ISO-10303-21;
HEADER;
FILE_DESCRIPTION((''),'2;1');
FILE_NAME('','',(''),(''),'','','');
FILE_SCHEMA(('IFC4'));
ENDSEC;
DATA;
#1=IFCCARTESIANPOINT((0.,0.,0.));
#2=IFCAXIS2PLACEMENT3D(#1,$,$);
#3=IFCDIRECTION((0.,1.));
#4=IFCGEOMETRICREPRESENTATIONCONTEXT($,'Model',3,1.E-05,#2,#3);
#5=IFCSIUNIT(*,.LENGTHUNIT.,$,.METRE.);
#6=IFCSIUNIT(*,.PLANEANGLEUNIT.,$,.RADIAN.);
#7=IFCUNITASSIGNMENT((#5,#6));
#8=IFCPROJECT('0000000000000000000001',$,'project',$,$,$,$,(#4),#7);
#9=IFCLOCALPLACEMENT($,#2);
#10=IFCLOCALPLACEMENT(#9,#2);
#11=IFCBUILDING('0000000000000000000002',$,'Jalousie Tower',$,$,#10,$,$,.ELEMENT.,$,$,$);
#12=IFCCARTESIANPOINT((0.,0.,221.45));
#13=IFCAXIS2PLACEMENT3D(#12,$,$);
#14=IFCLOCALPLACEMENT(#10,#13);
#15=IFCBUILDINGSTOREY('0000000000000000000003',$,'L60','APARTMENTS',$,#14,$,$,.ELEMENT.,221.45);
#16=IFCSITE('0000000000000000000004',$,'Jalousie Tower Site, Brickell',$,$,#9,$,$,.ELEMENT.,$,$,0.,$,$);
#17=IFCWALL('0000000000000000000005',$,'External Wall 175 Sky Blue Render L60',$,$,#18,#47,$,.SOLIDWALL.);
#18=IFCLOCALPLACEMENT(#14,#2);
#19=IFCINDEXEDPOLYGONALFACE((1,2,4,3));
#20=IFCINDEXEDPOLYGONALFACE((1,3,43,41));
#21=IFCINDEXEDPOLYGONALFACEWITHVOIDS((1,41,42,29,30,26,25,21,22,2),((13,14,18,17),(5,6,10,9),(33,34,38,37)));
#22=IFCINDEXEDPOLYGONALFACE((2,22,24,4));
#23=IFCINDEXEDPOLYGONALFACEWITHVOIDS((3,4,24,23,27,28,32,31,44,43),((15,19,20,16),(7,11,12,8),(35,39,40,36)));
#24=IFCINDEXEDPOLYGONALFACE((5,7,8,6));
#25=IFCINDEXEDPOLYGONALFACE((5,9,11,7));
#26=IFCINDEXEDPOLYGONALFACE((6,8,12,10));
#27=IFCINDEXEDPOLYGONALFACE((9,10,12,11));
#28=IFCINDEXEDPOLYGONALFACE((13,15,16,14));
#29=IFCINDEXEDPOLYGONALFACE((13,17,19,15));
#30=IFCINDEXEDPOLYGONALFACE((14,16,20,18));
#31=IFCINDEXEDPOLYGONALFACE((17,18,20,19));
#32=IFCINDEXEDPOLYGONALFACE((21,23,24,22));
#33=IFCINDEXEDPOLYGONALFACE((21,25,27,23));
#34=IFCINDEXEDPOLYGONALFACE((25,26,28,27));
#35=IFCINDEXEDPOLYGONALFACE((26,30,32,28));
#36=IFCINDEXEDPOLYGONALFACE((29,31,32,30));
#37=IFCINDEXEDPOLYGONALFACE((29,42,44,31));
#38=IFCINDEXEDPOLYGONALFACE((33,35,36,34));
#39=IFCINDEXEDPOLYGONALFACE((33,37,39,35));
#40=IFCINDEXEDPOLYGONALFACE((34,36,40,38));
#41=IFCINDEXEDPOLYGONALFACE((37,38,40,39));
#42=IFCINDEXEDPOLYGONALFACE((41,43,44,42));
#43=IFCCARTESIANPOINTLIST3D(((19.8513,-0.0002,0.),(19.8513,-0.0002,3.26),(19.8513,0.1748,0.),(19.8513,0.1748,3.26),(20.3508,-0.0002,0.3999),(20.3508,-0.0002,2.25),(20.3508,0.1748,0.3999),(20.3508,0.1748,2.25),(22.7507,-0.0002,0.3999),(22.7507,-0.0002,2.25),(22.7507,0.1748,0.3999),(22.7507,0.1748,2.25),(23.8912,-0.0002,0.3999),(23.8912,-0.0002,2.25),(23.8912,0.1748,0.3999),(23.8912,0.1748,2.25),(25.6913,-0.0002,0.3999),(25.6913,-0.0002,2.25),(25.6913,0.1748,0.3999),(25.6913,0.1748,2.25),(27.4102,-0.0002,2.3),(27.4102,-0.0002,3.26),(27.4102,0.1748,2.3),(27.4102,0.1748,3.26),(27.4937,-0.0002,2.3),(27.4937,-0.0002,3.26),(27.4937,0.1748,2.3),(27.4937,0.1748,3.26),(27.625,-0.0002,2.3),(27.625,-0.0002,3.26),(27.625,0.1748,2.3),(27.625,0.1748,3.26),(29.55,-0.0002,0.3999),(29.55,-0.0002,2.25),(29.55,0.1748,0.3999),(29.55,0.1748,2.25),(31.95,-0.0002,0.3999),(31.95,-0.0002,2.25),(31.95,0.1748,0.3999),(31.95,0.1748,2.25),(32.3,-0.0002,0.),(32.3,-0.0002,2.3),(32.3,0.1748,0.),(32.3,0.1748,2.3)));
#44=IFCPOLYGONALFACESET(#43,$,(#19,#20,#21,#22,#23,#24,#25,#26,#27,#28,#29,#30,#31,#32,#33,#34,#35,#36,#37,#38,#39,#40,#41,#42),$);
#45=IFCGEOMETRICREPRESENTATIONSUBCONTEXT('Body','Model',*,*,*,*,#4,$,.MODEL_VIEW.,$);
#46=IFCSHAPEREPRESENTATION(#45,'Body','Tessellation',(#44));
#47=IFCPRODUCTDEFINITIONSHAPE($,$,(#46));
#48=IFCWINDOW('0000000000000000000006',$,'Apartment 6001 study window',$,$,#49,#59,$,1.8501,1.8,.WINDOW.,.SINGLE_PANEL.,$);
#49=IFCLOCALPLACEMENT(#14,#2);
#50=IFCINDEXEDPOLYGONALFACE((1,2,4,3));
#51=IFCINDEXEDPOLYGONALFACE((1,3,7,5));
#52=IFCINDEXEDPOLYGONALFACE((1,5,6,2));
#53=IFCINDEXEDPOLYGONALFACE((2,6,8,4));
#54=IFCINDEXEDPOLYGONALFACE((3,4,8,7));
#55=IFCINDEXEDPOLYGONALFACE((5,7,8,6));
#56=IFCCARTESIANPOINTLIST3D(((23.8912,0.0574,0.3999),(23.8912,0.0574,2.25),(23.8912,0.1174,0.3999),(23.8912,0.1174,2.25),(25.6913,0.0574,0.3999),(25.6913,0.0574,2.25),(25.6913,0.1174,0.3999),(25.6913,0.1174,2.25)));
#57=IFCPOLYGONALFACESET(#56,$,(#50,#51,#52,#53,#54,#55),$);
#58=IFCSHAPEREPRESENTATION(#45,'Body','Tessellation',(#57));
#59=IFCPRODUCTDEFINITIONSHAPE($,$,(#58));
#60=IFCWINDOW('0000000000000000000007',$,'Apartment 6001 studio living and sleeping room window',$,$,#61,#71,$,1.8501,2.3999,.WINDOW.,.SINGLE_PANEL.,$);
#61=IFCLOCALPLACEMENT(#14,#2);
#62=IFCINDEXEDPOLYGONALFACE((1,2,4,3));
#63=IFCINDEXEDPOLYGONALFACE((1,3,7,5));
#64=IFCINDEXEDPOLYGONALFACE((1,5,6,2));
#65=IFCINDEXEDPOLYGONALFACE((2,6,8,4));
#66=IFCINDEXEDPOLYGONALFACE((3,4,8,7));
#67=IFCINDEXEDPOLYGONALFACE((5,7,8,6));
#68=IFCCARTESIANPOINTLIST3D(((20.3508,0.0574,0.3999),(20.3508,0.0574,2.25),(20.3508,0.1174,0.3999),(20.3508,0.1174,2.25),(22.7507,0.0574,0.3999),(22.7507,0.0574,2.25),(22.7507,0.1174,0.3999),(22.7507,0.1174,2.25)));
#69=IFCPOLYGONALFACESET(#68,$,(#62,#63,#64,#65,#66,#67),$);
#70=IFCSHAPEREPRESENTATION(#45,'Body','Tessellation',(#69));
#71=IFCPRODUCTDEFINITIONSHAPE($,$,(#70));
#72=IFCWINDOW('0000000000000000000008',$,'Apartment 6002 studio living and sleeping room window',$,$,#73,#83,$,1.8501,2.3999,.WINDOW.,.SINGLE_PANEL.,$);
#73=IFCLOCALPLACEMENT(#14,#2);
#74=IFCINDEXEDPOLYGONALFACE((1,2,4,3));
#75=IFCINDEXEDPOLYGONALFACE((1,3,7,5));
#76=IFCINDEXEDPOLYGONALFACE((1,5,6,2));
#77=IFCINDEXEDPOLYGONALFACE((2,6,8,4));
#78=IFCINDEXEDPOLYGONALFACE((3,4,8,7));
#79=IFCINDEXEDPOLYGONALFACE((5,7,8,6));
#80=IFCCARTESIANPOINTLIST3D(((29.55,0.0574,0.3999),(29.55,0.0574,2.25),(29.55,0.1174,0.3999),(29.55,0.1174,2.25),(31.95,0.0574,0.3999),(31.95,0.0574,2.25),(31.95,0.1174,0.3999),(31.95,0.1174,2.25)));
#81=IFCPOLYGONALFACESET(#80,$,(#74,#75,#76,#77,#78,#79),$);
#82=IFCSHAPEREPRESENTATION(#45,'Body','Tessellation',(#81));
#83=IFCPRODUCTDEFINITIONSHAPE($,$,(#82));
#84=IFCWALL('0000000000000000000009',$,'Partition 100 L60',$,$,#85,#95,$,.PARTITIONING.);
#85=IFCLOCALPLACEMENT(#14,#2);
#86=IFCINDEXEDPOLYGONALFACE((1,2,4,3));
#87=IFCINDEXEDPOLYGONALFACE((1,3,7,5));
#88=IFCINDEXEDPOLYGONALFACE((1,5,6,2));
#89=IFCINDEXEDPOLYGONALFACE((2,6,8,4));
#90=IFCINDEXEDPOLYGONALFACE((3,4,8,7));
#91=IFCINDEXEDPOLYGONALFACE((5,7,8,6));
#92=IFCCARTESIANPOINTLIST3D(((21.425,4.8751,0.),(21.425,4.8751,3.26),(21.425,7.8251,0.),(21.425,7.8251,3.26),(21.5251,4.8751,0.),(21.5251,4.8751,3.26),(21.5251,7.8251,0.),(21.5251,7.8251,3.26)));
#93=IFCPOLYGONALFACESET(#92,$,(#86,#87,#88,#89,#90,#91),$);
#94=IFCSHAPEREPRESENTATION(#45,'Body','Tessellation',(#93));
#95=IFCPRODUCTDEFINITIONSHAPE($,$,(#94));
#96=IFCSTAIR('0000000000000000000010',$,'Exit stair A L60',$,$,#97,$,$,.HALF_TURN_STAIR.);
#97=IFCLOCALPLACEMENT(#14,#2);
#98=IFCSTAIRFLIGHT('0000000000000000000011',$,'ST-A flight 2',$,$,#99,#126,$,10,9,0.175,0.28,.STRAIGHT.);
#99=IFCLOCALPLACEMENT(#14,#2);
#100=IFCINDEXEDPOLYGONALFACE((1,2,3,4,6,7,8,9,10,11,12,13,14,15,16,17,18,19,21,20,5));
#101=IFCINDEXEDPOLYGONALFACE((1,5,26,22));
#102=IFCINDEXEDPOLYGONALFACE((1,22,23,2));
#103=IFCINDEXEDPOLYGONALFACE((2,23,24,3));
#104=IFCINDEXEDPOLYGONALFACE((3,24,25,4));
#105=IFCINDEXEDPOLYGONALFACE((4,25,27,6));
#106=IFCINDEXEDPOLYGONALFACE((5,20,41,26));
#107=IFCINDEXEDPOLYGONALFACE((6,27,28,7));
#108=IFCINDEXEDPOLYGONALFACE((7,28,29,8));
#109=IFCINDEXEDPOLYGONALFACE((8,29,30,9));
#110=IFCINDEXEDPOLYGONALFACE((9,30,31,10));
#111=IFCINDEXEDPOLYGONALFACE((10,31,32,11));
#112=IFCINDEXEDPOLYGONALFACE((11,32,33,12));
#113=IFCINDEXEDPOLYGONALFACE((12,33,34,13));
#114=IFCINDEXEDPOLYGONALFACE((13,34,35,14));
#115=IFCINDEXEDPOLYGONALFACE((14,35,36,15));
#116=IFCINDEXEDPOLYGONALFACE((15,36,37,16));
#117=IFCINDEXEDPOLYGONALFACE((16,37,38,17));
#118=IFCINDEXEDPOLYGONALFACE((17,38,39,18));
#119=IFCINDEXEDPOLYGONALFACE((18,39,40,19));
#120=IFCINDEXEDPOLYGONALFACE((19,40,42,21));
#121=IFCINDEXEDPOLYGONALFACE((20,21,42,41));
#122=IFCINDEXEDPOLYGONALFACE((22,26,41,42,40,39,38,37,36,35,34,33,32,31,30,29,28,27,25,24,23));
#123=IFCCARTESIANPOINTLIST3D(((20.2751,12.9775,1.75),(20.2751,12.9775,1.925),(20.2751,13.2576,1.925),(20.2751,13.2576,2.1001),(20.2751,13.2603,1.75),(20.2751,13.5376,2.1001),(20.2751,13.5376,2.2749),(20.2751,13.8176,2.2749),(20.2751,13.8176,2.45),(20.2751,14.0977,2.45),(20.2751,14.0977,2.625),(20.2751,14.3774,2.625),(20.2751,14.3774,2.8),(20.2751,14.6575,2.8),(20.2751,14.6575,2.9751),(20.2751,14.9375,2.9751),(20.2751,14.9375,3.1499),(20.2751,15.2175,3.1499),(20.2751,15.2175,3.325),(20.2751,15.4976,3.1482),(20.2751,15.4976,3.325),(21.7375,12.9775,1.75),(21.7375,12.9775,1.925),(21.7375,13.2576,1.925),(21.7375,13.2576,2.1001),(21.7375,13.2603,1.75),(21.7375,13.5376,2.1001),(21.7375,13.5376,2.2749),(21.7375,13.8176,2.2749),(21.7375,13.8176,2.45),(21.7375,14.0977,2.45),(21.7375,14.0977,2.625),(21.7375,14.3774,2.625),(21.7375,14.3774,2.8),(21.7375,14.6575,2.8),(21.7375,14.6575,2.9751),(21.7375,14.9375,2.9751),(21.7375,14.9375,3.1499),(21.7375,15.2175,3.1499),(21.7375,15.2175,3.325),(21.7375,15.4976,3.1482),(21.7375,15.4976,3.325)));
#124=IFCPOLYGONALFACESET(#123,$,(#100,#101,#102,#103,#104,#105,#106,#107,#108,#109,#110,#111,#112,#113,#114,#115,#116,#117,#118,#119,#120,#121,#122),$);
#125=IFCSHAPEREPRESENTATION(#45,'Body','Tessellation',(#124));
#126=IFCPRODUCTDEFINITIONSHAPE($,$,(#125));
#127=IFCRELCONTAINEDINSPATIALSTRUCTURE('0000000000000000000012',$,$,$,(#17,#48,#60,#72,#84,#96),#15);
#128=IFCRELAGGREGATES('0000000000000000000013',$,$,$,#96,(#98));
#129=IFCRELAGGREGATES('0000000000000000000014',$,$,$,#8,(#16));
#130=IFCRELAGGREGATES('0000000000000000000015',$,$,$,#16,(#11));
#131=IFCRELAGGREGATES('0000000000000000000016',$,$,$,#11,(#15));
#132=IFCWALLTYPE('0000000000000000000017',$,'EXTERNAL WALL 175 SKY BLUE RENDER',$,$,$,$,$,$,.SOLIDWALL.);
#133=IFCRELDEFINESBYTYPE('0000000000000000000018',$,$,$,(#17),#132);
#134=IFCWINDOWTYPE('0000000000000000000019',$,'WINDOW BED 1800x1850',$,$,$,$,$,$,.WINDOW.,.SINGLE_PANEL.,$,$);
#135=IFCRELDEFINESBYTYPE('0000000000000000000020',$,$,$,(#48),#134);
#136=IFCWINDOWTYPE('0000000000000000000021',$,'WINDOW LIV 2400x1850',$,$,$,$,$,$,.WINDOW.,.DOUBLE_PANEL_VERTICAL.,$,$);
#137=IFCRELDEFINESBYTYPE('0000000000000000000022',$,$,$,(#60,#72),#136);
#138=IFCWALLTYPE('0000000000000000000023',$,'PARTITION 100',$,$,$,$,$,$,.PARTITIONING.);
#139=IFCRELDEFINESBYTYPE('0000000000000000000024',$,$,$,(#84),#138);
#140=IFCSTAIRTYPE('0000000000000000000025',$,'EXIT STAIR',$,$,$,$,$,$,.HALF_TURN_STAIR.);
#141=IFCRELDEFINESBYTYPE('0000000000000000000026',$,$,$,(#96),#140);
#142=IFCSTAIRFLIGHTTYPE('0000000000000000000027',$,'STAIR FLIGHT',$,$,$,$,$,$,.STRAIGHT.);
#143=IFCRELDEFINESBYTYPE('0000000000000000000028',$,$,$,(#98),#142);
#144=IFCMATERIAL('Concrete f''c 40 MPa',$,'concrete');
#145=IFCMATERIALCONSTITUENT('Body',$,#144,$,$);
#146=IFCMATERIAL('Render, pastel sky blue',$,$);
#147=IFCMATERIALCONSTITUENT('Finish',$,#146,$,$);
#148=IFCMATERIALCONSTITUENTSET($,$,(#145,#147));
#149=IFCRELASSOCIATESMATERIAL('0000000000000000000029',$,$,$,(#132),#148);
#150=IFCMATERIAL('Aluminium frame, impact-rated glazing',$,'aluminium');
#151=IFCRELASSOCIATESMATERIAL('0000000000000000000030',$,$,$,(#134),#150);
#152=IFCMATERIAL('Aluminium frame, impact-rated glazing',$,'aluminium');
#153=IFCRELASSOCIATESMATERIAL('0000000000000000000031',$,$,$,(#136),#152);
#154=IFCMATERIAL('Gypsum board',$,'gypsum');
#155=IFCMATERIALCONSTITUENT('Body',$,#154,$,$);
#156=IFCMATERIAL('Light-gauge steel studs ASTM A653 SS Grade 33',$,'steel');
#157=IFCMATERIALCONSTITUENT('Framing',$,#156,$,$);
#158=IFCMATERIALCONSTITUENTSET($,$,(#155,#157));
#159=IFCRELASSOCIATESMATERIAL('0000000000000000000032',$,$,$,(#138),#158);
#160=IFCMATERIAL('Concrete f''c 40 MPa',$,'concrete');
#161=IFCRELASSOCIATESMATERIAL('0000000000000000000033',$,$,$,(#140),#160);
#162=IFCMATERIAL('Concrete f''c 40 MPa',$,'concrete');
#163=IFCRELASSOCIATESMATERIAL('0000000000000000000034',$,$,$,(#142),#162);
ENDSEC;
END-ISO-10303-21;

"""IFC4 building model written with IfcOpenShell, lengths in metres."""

from ifc_helpers import new_model, si_unit, direction, frame, frame_2d, origin, place, context, subcontext, project, spatial, polyline, rectangle, outline, extrude, material, constituent, constituent_set, type_object, element, fill, aggregate, save


model = new_model("IFC4")

# Units and contexts
model_context = context("Model", 3, precision=1e-05, world=origin(), true_north=direction((0.0, 1.0)))
body_context = subcontext(model_context, "Body", "Model", "MODEL_VIEW")
ifc_project = project(units=[si_unit("LENGTHUNIT", "METRE"), si_unit("PLANEANGLEUNIT", "RADIAN")], contexts=[model_context])

# Site, building, storey
site_placement = place(None, origin())
site = spatial("IfcSite", under=ifc_project, at=site_placement, Name="Jalousie Tower Site, Brickell", CompositionType="ELEMENT", RefElevation=0.0)
building_placement = place(site_placement, origin())
building = spatial("IfcBuilding", under=site, at=building_placement, Name="Jalousie Tower", CompositionType="ELEMENT")
storey_placement = place(building_placement, frame((0.0, 0.0, 221.45)))
storey = spatial("IfcBuildingStorey", under=building, at=storey_placement, Name="L60", Description="APARTMENTS", CompositionType="ELEMENT", Elevation=221.45)

# Wall, openings, windows
ifc_material_1 = material(Name="Concrete f'c 40 MPa", Category="concrete")
ifc_constituent_1 = constituent(ifc_material_1, Name="Body")
ifc_material_2 = material(Name="Render, pastel sky blue")
ifc_constituent_2 = constituent(ifc_material_2, Name="Finish")
ifc_constituent_set_1 = constituent_set(constituents=[ifc_constituent_1, ifc_constituent_2])
wall_type_1 = type_object("IfcWallType", Name="EXTERNAL WALL 175 SKY BLUE RENDER", PredefinedType="SOLIDWALL", material=ifc_constituent_set_1)
wall_1_placement = place(storey_placement, frame((19.8513, 0.0874, 0.0), z_axis=(0.0, 0.0, 1.0), x_axis=(1.0, 0.0, 0.0)))
wall_1 = element("IfcWall", 1, at=wall_1_placement, inside=storey, type_object=wall_type_1, Name="External Wall 175 Sky Blue Render L60", PredefinedType="SOLIDWALL", context=body_context, shape_type="SweptSolid", body=[
    extrude(outline(polyline([(0.0, 0.0), (12.4487, 0.0), (12.4487, 2.3), (7.7737, 2.3), (7.7737, 3.26), (7.6423, 3.26), (7.6423, 2.3), (7.5588, 2.3), (7.5588, 3.26), (0.0, 3.26), (0.0, 0.0)])), frame((0.0, 0.0874, 0.0), z_axis=(0.0, -1.0, 0.0), x_axis=(1.0, 0.0, 0.0)), (0.0, 0.0, 1.0), 0.175),
])
opening_1_placement = place(wall_1_placement, frame((0.4995, 0.0, 0.3999)))
opening_1 = element("IfcOpeningElement", 2, at=opening_1_placement, cuts=wall_1, PredefinedType="OPENING", context=body_context, shape_type="SweptSolid", body=[
    extrude(rectangle(XDim=2.3999, YDim=1.8501, at=frame_2d((1.2, 0.925))), frame((0.0, 0.0974, 0.0), z_axis=(0.0, -1.0, 0.0), x_axis=(1.0, 0.0, 0.0)), (0.0, 0.0, 1.0), 0.1951),
])
opening_2_placement = place(wall_1_placement, frame((4.04, 0.0, 0.3999)))
opening_2 = element("IfcOpeningElement", 3, at=opening_2_placement, cuts=wall_1, PredefinedType="OPENING", context=body_context, shape_type="SweptSolid", body=[
    extrude(rectangle(XDim=1.8, YDim=1.8501, at=frame_2d((0.8999, 0.925))), frame((0.0, 0.0974, 0.0), z_axis=(0.0, -1.0, 0.0), x_axis=(1.0, 0.0, 0.0)), (0.0, 0.0, 1.0), 0.1951),
])
opening_3_placement = place(wall_1_placement, frame((9.6987, 0.0, 0.3999)))
opening_3 = element("IfcOpeningElement", 4, at=opening_3_placement, cuts=wall_1, PredefinedType="OPENING", context=body_context, shape_type="SweptSolid", body=[
    extrude(rectangle(XDim=2.3999, YDim=1.8501, at=frame_2d((1.2, 0.925))), frame((0.0, 0.0974, 0.0), z_axis=(0.0, -1.0, 0.0), x_axis=(1.0, 0.0, 0.0)), (0.0, 0.0, 1.0), 0.1951),
])
ifc_material_3 = material(Name="Aluminium frame, impact-rated glazing", Category="aluminium")
window_type_1 = type_object("IfcWindowType", Name="WINDOW BED 1800x1850", PartitioningType="SINGLE_PANEL", PredefinedType="WINDOW", material=ifc_material_3)
window_1_placement = place(opening_2_placement, origin())
window_1 = element("IfcWindow", 5, at=window_1_placement, inside=storey, type_object=window_type_1, Name="Apartment 6001 study window", OverallHeight=1.8501, OverallWidth=1.8, PartitioningType="SINGLE_PANEL", PredefinedType="WINDOW", context=body_context, shape_type="SweptSolid", body=[
    extrude(rectangle(XDim=1.8, YDim=1.8501, at=frame_2d((0.8999, 0.925))), frame((0.0, 0.03, 0.0), z_axis=(0.0, -1.0, 0.0), x_axis=(1.0, 0.0, 0.0)), (0.0, 0.0, 1.0), 0.0601),
])
fill(opening_2, window_1)
ifc_material_4 = material(Name="Aluminium frame, impact-rated glazing", Category="aluminium")
window_type_2 = type_object("IfcWindowType", Name="WINDOW LIV 2400x1850", PartitioningType="DOUBLE_PANEL_VERTICAL", PredefinedType="WINDOW", material=ifc_material_4)
window_2_placement = place(opening_1_placement, origin())
window_2 = element("IfcWindow", 6, at=window_2_placement, inside=storey, type_object=window_type_2, Name="Apartment 6001 studio living and sleeping room window", OverallHeight=1.8501, OverallWidth=2.3999, PartitioningType="SINGLE_PANEL", PredefinedType="WINDOW", context=body_context, shape_type="SweptSolid", body=[
    extrude(rectangle(XDim=2.3999, YDim=1.8501, at=frame_2d((1.2, 0.925))), frame((0.0, 0.03, 0.0), z_axis=(0.0, -1.0, 0.0), x_axis=(1.0, 0.0, 0.0)), (0.0, 0.0, 1.0), 0.0601),
])
fill(opening_1, window_2)
window_3_placement = place(opening_3_placement, origin())
window_3 = element("IfcWindow", 7, at=window_3_placement, inside=storey, type_object=window_type_2, Name="Apartment 6002 studio living and sleeping room window", OverallHeight=1.8501, OverallWidth=2.3999, PartitioningType="SINGLE_PANEL", PredefinedType="WINDOW", context=body_context, shape_type="SweptSolid", body=[
    extrude(rectangle(XDim=2.3999, YDim=1.8501, at=frame_2d((1.2, 0.925))), frame((0.0, 0.03, 0.0), z_axis=(0.0, -1.0, 0.0), x_axis=(1.0, 0.0, 0.0)), (0.0, 0.0, 1.0), 0.0601),
])
fill(opening_3, window_3)

# Wall
ifc_material_5 = material(Name="Gypsum board", Category="gypsum")
ifc_constituent_3 = constituent(ifc_material_5, Name="Body")
ifc_material_6 = material(Name="Light-gauge steel studs ASTM A653 SS Grade 33", Category="steel")
ifc_constituent_4 = constituent(ifc_material_6, Name="Framing")
ifc_constituent_set_2 = constituent_set(constituents=[ifc_constituent_3, ifc_constituent_4])
wall_type_2 = type_object("IfcWallType", Name="PARTITION 100", PredefinedType="PARTITIONING", material=ifc_constituent_set_2)
wall_2_placement = place(storey_placement, frame((21.4751, 4.875, 0.0), z_axis=(0.0, 0.0, 1.0), x_axis=(0.0, 1.0, 0.0)))
element("IfcWall", 8, at=wall_2_placement, inside=storey, type_object=wall_type_2, Name="Partition 100 L60", PredefinedType="PARTITIONING", context=body_context, shape_type="SweptSolid", body=[
    extrude(rectangle(XDim=2.95, YDim=0.1001, at=frame_2d((1.4751, 0.0))), origin(), (0.0, 0.0, 1.0), 3.26),
])

# Stair, stair flight
ifc_material_7 = material(Name="Concrete f'c 40 MPa", Category="concrete")
stair_type = type_object("IfcStairType", Name="EXIT STAIR", PredefinedType="HALF_TURN_STAIR", material=ifc_material_7)
stair_placement = place(storey_placement, origin())
stair = element("IfcStair", 9, at=stair_placement, inside=storey, type_object=stair_type, Name="Exit stair A L60", PredefinedType="HALF_TURN_STAIR")
ifc_material_8 = material(Name="Concrete f'c 40 MPa", Category="concrete")
stair_flight_type = type_object("IfcStairFlightType", Name="STAIR FLIGHT", PredefinedType="STRAIGHT", material=ifc_material_8)
stair_flight_placement = place(storey_placement, frame((21.0063, 12.9775, 1.75), z_axis=(0.0, 0.0, 1.0), x_axis=(0.0, 1.0, 0.0)))
stair_flight = element("IfcStairFlight", 10, at=stair_flight_placement, type_object=stair_flight_type, Name="ST-A flight 2", NumberOfRisers=10, NumberOfTreads=9, PredefinedType="STRAIGHT", RiserHeight=0.175, TreadLength=0.28, context=body_context, shape_type="SweptSolid", body=[
    extrude(outline(polyline([(0.0, 0.0), (0.0, 0.175), (0.28, 0.175), (0.28, 0.3501), (0.5601, 0.3501), (0.5601, 0.5249), (0.8401, 0.5249), (0.8401, 0.7), (1.1201, 0.7), (1.1201, 0.875), (1.3999, 0.875), (1.3999, 1.05), (1.6799, 1.05), (1.6799, 1.2251), (1.96, 1.2251), (1.96, 1.3999), (2.24, 1.3999), (2.24, 1.575), (2.52, 1.575), (2.52, 1.75), (2.52, 1.3982), (0.2827, 0.0), (0.0, 0.0)])), frame((0.0, 0.7312, 0.0), z_axis=(0.0, -1.0, 0.0), x_axis=(1.0, 0.0, 0.0)), (0.0, 0.0, 1.0), 1.4624),
])
aggregate(stair, [stair_flight])

save(model, "model.ifc")
